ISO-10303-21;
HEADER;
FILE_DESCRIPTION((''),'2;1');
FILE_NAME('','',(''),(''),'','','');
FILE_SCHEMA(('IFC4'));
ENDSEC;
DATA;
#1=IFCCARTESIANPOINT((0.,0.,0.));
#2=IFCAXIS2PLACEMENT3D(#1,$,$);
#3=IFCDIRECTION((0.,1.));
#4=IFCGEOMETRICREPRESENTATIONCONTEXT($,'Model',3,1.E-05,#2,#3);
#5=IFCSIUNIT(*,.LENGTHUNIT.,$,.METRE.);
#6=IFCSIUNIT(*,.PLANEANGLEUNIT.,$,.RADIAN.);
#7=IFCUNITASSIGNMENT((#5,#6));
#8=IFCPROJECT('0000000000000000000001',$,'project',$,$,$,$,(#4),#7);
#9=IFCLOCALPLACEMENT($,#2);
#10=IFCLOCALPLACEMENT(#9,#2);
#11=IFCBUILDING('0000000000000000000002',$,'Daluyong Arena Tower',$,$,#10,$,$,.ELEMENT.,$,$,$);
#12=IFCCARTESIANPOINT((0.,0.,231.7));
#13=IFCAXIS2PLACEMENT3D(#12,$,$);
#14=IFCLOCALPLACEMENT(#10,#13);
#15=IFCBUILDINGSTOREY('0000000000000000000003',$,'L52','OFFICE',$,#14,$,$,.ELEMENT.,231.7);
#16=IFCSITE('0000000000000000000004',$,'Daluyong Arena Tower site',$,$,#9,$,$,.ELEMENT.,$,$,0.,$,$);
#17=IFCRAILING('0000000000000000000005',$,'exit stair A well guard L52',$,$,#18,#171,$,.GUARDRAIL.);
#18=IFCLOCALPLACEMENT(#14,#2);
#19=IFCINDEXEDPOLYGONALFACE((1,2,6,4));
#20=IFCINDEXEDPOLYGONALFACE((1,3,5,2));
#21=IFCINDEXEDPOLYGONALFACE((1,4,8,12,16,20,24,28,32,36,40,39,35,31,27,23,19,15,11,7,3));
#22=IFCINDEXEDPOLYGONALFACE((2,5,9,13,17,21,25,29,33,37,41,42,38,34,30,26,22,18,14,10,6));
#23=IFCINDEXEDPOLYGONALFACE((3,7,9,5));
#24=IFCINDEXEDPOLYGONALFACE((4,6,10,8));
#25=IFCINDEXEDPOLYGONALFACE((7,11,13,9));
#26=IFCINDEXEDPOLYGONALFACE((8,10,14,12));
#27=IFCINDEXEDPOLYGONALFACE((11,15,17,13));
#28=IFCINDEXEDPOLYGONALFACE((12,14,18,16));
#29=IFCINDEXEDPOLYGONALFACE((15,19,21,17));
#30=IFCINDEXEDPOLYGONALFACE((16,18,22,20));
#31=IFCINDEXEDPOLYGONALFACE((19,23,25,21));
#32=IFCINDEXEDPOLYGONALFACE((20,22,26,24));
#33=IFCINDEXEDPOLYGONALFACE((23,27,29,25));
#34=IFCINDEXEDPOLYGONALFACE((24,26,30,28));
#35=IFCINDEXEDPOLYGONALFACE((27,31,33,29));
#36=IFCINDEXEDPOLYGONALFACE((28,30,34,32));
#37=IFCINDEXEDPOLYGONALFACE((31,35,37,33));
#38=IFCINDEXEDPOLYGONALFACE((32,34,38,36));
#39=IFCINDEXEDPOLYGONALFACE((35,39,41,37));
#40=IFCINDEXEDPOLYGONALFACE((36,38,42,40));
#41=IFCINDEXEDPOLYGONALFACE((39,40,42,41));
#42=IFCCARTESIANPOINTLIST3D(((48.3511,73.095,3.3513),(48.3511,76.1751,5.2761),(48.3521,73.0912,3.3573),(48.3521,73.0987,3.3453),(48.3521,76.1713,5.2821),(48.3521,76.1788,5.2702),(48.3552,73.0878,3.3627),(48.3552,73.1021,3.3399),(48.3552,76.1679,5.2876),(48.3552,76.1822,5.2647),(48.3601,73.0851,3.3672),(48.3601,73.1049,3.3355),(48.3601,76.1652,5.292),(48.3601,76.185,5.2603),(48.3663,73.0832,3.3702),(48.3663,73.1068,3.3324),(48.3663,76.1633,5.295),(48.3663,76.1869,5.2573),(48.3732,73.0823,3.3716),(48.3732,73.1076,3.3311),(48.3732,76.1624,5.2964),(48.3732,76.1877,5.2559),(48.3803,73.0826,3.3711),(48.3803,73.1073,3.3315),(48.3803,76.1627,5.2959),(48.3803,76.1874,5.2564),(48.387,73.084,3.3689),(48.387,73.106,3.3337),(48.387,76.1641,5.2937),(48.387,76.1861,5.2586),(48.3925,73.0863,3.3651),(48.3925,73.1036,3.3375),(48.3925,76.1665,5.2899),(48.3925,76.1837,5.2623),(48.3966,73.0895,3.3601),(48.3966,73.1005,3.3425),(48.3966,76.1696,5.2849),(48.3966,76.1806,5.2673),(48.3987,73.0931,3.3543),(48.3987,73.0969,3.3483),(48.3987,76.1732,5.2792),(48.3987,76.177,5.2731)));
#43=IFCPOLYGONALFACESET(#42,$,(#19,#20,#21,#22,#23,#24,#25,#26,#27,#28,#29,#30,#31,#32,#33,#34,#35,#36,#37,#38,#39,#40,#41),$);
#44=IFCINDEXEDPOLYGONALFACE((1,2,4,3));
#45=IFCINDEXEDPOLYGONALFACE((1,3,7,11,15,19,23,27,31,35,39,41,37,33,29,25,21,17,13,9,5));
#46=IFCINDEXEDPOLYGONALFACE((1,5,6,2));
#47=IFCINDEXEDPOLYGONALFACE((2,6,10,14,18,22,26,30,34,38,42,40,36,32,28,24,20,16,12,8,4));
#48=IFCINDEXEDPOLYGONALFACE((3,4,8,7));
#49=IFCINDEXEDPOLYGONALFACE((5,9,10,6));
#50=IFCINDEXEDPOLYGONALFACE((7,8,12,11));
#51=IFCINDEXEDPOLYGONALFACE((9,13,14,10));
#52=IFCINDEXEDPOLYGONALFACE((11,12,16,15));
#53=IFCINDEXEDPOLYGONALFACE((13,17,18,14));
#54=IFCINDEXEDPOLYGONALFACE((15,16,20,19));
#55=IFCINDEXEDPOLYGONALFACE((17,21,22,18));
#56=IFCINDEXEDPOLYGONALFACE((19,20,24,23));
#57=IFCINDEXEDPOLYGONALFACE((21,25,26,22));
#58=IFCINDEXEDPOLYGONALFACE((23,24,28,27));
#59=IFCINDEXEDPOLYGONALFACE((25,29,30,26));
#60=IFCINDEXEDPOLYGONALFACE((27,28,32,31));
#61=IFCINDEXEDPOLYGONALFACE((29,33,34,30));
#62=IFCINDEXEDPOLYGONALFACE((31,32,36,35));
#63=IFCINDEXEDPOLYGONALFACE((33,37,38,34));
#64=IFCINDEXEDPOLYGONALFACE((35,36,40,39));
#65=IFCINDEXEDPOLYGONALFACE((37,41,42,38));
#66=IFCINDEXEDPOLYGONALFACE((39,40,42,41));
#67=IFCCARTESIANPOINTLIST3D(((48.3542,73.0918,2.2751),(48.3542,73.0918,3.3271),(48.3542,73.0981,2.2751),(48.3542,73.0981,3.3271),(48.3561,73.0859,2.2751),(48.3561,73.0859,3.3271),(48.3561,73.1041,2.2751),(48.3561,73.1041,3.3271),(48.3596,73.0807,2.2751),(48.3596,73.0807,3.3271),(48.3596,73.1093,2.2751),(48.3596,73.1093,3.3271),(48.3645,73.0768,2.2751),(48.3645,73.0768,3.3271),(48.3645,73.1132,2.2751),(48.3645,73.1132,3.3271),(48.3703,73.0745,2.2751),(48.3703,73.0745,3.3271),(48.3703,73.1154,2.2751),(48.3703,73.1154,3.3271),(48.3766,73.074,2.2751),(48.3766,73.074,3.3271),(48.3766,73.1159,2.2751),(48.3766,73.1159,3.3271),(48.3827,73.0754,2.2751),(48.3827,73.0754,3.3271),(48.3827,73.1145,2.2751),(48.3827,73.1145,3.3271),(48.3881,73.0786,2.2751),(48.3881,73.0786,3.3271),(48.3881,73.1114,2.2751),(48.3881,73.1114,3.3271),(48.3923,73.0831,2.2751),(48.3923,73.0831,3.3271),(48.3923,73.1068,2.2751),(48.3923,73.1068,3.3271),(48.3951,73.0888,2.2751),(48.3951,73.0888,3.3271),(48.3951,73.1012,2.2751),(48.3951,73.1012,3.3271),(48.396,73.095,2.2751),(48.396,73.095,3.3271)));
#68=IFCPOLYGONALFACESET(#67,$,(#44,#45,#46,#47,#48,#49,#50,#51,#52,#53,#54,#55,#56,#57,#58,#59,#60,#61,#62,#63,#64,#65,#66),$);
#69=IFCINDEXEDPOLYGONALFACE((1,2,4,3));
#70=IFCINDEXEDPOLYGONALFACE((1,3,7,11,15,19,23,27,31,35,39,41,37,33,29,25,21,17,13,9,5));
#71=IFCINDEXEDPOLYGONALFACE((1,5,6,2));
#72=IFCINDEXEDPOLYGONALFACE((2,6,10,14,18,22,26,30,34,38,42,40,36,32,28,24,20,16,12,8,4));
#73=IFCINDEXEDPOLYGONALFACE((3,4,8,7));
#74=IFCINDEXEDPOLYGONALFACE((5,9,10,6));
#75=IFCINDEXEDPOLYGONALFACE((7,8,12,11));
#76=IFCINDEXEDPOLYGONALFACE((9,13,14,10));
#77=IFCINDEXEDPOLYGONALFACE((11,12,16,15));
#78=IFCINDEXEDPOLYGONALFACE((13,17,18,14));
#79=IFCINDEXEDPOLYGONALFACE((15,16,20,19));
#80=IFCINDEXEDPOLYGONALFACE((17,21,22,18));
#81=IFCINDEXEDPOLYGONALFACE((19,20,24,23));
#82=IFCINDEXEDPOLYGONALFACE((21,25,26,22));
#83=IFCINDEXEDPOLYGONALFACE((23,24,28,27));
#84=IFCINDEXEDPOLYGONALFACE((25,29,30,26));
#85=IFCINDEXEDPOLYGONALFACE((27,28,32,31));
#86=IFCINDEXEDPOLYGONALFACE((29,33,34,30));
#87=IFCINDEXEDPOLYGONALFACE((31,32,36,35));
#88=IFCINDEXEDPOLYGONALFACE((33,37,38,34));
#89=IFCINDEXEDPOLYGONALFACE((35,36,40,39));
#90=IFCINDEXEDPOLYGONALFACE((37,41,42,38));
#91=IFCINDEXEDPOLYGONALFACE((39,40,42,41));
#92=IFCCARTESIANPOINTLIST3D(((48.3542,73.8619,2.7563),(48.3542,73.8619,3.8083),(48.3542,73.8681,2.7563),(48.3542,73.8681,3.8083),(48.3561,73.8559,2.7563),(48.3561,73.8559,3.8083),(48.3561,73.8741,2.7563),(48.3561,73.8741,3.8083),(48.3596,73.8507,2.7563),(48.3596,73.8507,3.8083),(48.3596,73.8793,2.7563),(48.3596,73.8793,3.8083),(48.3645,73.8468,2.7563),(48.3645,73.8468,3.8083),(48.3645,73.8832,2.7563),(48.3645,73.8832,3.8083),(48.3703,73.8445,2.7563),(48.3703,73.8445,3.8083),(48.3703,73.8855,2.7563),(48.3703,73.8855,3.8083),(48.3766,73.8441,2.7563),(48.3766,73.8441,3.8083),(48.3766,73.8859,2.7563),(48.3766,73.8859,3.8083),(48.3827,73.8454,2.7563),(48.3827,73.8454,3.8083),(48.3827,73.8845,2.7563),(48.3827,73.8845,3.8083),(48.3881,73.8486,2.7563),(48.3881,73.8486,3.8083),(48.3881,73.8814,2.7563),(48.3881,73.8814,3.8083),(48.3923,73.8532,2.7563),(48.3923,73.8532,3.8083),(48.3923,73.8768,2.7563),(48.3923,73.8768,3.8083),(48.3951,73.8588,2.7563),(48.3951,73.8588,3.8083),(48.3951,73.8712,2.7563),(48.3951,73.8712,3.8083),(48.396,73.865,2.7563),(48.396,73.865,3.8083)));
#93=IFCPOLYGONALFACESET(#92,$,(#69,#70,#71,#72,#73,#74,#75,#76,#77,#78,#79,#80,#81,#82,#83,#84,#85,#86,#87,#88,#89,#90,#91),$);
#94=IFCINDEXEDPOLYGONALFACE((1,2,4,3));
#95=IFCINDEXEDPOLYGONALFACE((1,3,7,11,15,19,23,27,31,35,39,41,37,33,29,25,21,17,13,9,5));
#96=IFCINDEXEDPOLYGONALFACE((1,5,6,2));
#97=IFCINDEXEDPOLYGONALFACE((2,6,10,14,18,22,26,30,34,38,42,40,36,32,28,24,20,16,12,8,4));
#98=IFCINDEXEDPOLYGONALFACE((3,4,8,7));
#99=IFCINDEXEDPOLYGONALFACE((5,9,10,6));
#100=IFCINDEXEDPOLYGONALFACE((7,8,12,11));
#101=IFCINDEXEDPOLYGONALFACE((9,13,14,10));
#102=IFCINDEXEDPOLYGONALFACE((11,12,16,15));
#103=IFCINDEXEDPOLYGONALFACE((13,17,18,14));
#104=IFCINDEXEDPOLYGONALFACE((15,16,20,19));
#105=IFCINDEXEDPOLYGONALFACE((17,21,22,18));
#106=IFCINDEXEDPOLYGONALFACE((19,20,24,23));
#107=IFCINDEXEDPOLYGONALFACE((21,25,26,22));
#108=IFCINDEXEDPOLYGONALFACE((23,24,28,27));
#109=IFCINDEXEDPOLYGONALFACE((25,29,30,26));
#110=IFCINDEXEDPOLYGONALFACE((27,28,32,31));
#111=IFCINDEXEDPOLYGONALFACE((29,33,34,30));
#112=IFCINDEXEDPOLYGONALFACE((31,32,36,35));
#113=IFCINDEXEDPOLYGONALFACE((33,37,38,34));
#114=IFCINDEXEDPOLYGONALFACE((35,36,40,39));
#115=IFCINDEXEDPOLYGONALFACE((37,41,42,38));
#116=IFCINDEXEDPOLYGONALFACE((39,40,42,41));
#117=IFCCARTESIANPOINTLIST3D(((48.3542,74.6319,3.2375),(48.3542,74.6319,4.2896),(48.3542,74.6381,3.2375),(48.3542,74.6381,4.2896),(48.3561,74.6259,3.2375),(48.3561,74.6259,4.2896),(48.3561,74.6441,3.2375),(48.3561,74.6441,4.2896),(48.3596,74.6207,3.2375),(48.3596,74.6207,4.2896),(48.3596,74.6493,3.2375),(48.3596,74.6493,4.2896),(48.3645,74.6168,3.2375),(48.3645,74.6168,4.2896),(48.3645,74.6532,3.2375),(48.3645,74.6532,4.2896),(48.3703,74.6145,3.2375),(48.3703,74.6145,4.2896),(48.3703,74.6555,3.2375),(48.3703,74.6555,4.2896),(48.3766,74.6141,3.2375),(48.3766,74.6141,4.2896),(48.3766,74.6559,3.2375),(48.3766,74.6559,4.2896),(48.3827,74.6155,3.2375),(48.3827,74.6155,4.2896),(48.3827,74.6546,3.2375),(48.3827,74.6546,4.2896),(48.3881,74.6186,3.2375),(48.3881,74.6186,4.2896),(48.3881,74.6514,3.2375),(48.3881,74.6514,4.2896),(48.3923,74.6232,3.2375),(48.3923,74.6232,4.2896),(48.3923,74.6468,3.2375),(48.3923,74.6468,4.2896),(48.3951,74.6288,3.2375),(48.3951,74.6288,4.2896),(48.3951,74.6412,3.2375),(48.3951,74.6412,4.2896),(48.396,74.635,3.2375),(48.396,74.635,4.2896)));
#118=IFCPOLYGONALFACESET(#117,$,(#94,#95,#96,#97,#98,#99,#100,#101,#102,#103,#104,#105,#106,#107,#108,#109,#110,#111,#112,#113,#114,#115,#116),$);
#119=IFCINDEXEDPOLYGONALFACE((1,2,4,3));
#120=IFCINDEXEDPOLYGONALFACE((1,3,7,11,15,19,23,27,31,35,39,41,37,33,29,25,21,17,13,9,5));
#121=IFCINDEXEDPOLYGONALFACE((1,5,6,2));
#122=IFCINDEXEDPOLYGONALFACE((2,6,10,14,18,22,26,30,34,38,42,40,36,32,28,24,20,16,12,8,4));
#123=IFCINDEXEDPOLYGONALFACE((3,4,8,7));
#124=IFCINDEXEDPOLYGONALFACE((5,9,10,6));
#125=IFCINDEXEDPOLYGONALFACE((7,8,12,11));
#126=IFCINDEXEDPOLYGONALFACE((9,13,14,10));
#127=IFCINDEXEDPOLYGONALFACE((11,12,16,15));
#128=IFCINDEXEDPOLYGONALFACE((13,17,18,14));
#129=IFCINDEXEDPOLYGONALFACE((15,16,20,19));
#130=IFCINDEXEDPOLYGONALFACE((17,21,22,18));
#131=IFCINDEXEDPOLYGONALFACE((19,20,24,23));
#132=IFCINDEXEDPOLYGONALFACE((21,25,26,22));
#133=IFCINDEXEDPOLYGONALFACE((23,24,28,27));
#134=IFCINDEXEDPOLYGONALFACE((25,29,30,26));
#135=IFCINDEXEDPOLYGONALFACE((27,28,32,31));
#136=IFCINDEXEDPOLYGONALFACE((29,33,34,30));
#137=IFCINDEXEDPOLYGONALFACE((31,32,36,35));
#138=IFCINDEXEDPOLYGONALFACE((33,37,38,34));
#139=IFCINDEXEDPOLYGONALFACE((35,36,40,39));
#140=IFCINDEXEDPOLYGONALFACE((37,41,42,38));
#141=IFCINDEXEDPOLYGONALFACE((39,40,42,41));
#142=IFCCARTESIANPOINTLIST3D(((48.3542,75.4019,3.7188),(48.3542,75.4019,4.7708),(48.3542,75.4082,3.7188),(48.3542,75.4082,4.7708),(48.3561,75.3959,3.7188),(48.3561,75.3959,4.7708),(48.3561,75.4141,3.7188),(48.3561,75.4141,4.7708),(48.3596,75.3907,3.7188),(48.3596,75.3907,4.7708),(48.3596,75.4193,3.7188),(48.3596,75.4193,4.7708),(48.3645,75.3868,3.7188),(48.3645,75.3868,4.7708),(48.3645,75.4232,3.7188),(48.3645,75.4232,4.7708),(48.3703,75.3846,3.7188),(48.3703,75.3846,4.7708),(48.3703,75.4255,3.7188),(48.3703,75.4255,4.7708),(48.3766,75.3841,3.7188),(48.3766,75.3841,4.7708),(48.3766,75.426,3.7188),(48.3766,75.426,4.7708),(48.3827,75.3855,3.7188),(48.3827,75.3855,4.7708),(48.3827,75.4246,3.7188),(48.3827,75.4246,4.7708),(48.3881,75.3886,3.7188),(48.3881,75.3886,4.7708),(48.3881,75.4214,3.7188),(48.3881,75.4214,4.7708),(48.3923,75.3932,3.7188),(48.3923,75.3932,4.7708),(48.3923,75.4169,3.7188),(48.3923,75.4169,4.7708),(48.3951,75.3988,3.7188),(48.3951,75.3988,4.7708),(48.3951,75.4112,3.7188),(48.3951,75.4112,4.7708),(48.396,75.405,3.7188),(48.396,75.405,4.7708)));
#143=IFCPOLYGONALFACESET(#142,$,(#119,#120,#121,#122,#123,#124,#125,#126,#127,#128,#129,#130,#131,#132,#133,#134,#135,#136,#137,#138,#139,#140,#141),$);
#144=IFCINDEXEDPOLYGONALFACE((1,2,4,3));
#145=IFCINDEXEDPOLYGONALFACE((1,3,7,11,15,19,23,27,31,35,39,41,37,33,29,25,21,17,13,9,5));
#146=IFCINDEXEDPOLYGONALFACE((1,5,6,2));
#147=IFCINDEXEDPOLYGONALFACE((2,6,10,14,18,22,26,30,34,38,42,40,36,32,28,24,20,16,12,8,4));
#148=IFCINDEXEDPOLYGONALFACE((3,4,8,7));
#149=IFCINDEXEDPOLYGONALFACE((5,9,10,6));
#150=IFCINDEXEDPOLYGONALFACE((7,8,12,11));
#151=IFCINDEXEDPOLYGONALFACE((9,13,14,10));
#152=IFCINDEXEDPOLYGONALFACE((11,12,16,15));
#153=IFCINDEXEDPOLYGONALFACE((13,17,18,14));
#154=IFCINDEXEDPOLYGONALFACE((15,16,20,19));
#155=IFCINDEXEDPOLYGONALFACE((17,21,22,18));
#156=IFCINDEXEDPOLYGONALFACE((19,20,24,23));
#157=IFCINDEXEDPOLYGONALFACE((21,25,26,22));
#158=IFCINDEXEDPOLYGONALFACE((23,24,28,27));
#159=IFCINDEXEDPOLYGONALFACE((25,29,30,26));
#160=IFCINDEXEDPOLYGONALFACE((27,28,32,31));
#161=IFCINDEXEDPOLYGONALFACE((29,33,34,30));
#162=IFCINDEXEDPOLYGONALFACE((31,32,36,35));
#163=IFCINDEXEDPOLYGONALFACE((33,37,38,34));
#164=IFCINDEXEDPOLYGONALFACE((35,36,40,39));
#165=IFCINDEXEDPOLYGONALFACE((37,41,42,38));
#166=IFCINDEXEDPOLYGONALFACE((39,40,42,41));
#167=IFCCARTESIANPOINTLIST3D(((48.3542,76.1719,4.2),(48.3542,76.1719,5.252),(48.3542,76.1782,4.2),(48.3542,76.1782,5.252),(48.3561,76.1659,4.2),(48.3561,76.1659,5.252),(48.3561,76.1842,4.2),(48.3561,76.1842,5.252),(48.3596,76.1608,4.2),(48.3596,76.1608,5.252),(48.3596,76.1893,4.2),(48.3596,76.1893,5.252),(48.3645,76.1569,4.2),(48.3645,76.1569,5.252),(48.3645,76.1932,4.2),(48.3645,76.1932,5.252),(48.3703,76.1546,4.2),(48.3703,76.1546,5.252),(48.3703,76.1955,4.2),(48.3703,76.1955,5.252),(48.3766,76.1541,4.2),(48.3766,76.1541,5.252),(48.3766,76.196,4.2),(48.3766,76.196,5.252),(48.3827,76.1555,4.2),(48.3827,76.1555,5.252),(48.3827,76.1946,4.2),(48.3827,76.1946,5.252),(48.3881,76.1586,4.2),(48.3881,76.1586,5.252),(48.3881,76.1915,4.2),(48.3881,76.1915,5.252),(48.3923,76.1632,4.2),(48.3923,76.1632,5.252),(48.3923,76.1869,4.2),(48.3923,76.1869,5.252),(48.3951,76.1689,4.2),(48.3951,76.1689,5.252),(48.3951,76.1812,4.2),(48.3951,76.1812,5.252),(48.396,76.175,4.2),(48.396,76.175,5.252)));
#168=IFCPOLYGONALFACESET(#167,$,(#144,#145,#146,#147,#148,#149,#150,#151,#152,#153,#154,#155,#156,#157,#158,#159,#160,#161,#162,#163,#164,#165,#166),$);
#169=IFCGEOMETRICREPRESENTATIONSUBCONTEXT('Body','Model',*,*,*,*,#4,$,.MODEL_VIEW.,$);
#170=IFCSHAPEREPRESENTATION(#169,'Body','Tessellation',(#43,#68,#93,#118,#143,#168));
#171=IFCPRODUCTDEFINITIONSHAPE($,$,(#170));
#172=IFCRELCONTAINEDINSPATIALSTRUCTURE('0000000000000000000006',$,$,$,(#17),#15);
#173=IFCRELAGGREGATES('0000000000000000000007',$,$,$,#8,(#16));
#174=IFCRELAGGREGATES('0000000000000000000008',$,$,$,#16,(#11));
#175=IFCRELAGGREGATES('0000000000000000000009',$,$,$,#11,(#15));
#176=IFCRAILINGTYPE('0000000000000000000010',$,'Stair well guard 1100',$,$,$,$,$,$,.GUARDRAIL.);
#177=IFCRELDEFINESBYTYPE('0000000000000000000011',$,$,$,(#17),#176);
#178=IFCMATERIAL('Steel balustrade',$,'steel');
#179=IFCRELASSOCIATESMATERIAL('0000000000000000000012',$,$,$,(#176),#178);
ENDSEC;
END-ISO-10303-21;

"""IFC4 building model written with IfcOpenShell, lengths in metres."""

from ifc_helpers import new_model, si_unit, direction, frame, origin, origin_2d, place, context, subcontext, project, spatial, circle, extrude, material, type_object, element, save


model = new_model("IFC4")

# Units and contexts
model_context = context("Model", 3, precision=1e-05, world=origin(), true_north=direction((0.0, 1.0)))
body_context = subcontext(model_context, "Body", "Model", "MODEL_VIEW")
ifc_project = project(units=[si_unit("LENGTHUNIT", "METRE"), si_unit("PLANEANGLEUNIT", "RADIAN")], contexts=[model_context])

# Site, building, storey
site_placement = place(None, origin())
site = spatial("IfcSite", under=ifc_project, at=site_placement, Name="Daluyong Arena Tower site", CompositionType="ELEMENT", RefElevation=0.0)
building_placement = place(site_placement, origin())
building = spatial("IfcBuilding", under=site, at=building_placement, Name="Daluyong Arena Tower", CompositionType="ELEMENT")
storey_placement = place(building_placement, frame((0.0, 0.0, 231.7)))
storey = spatial("IfcBuildingStorey", under=building, at=storey_placement, Name="L52", Description="OFFICE", CompositionType="ELEMENT", Elevation=231.7)

# Railing
ifc_material_1 = material(Name="Steel balustrade", Category="steel")
railing_type_1 = type_object("IfcRailingType", Name="Stair well guard 1100", PredefinedType="GUARDRAIL", material=ifc_material_1)
railing_1_placement = place(storey_placement, frame((48.375, 73.095, 2.2751)))
element("IfcRailing", 1, at=railing_1_placement, inside=storey, type_object=railing_type_1, Name="exit stair A well guard L52", PredefinedType="GUARDRAIL", context=body_context, shape_type="SweptSolid", body=[
    extrude(circle(Radius=0.0239, at=origin_2d()), frame((0.0, 0.0, 1.0762), z_axis=(0.0, 0.848029, 0.529951), x_axis=(-1.0, 0.0, 0.0)), (0.0, 0.0, 1.0), 3.6321),
    extrude(circle(Radius=0.021, at=origin_2d()), origin(), (0.0, 0.0, 1.0), 1.052),
    extrude(circle(Radius=0.021, at=origin_2d()), frame((0.0, 0.77, 0.4812)), (0.0, 0.0, 1.0), 1.052),
    extrude(circle(Radius=0.021, at=origin_2d()), frame((0.0, 1.54, 0.9624)), (0.0, 0.0, 1.0), 1.052),
    extrude(circle(Radius=0.021, at=origin_2d()), frame((0.0, 2.3101, 1.4436)), (0.0, 0.0, 1.0), 1.052),
    extrude(circle(Radius=0.021, at=origin_2d()), frame((0.0, 3.0801, 1.9248)), (0.0, 0.0, 1.0), 1.052),
])

save(model, "model.ifc")
